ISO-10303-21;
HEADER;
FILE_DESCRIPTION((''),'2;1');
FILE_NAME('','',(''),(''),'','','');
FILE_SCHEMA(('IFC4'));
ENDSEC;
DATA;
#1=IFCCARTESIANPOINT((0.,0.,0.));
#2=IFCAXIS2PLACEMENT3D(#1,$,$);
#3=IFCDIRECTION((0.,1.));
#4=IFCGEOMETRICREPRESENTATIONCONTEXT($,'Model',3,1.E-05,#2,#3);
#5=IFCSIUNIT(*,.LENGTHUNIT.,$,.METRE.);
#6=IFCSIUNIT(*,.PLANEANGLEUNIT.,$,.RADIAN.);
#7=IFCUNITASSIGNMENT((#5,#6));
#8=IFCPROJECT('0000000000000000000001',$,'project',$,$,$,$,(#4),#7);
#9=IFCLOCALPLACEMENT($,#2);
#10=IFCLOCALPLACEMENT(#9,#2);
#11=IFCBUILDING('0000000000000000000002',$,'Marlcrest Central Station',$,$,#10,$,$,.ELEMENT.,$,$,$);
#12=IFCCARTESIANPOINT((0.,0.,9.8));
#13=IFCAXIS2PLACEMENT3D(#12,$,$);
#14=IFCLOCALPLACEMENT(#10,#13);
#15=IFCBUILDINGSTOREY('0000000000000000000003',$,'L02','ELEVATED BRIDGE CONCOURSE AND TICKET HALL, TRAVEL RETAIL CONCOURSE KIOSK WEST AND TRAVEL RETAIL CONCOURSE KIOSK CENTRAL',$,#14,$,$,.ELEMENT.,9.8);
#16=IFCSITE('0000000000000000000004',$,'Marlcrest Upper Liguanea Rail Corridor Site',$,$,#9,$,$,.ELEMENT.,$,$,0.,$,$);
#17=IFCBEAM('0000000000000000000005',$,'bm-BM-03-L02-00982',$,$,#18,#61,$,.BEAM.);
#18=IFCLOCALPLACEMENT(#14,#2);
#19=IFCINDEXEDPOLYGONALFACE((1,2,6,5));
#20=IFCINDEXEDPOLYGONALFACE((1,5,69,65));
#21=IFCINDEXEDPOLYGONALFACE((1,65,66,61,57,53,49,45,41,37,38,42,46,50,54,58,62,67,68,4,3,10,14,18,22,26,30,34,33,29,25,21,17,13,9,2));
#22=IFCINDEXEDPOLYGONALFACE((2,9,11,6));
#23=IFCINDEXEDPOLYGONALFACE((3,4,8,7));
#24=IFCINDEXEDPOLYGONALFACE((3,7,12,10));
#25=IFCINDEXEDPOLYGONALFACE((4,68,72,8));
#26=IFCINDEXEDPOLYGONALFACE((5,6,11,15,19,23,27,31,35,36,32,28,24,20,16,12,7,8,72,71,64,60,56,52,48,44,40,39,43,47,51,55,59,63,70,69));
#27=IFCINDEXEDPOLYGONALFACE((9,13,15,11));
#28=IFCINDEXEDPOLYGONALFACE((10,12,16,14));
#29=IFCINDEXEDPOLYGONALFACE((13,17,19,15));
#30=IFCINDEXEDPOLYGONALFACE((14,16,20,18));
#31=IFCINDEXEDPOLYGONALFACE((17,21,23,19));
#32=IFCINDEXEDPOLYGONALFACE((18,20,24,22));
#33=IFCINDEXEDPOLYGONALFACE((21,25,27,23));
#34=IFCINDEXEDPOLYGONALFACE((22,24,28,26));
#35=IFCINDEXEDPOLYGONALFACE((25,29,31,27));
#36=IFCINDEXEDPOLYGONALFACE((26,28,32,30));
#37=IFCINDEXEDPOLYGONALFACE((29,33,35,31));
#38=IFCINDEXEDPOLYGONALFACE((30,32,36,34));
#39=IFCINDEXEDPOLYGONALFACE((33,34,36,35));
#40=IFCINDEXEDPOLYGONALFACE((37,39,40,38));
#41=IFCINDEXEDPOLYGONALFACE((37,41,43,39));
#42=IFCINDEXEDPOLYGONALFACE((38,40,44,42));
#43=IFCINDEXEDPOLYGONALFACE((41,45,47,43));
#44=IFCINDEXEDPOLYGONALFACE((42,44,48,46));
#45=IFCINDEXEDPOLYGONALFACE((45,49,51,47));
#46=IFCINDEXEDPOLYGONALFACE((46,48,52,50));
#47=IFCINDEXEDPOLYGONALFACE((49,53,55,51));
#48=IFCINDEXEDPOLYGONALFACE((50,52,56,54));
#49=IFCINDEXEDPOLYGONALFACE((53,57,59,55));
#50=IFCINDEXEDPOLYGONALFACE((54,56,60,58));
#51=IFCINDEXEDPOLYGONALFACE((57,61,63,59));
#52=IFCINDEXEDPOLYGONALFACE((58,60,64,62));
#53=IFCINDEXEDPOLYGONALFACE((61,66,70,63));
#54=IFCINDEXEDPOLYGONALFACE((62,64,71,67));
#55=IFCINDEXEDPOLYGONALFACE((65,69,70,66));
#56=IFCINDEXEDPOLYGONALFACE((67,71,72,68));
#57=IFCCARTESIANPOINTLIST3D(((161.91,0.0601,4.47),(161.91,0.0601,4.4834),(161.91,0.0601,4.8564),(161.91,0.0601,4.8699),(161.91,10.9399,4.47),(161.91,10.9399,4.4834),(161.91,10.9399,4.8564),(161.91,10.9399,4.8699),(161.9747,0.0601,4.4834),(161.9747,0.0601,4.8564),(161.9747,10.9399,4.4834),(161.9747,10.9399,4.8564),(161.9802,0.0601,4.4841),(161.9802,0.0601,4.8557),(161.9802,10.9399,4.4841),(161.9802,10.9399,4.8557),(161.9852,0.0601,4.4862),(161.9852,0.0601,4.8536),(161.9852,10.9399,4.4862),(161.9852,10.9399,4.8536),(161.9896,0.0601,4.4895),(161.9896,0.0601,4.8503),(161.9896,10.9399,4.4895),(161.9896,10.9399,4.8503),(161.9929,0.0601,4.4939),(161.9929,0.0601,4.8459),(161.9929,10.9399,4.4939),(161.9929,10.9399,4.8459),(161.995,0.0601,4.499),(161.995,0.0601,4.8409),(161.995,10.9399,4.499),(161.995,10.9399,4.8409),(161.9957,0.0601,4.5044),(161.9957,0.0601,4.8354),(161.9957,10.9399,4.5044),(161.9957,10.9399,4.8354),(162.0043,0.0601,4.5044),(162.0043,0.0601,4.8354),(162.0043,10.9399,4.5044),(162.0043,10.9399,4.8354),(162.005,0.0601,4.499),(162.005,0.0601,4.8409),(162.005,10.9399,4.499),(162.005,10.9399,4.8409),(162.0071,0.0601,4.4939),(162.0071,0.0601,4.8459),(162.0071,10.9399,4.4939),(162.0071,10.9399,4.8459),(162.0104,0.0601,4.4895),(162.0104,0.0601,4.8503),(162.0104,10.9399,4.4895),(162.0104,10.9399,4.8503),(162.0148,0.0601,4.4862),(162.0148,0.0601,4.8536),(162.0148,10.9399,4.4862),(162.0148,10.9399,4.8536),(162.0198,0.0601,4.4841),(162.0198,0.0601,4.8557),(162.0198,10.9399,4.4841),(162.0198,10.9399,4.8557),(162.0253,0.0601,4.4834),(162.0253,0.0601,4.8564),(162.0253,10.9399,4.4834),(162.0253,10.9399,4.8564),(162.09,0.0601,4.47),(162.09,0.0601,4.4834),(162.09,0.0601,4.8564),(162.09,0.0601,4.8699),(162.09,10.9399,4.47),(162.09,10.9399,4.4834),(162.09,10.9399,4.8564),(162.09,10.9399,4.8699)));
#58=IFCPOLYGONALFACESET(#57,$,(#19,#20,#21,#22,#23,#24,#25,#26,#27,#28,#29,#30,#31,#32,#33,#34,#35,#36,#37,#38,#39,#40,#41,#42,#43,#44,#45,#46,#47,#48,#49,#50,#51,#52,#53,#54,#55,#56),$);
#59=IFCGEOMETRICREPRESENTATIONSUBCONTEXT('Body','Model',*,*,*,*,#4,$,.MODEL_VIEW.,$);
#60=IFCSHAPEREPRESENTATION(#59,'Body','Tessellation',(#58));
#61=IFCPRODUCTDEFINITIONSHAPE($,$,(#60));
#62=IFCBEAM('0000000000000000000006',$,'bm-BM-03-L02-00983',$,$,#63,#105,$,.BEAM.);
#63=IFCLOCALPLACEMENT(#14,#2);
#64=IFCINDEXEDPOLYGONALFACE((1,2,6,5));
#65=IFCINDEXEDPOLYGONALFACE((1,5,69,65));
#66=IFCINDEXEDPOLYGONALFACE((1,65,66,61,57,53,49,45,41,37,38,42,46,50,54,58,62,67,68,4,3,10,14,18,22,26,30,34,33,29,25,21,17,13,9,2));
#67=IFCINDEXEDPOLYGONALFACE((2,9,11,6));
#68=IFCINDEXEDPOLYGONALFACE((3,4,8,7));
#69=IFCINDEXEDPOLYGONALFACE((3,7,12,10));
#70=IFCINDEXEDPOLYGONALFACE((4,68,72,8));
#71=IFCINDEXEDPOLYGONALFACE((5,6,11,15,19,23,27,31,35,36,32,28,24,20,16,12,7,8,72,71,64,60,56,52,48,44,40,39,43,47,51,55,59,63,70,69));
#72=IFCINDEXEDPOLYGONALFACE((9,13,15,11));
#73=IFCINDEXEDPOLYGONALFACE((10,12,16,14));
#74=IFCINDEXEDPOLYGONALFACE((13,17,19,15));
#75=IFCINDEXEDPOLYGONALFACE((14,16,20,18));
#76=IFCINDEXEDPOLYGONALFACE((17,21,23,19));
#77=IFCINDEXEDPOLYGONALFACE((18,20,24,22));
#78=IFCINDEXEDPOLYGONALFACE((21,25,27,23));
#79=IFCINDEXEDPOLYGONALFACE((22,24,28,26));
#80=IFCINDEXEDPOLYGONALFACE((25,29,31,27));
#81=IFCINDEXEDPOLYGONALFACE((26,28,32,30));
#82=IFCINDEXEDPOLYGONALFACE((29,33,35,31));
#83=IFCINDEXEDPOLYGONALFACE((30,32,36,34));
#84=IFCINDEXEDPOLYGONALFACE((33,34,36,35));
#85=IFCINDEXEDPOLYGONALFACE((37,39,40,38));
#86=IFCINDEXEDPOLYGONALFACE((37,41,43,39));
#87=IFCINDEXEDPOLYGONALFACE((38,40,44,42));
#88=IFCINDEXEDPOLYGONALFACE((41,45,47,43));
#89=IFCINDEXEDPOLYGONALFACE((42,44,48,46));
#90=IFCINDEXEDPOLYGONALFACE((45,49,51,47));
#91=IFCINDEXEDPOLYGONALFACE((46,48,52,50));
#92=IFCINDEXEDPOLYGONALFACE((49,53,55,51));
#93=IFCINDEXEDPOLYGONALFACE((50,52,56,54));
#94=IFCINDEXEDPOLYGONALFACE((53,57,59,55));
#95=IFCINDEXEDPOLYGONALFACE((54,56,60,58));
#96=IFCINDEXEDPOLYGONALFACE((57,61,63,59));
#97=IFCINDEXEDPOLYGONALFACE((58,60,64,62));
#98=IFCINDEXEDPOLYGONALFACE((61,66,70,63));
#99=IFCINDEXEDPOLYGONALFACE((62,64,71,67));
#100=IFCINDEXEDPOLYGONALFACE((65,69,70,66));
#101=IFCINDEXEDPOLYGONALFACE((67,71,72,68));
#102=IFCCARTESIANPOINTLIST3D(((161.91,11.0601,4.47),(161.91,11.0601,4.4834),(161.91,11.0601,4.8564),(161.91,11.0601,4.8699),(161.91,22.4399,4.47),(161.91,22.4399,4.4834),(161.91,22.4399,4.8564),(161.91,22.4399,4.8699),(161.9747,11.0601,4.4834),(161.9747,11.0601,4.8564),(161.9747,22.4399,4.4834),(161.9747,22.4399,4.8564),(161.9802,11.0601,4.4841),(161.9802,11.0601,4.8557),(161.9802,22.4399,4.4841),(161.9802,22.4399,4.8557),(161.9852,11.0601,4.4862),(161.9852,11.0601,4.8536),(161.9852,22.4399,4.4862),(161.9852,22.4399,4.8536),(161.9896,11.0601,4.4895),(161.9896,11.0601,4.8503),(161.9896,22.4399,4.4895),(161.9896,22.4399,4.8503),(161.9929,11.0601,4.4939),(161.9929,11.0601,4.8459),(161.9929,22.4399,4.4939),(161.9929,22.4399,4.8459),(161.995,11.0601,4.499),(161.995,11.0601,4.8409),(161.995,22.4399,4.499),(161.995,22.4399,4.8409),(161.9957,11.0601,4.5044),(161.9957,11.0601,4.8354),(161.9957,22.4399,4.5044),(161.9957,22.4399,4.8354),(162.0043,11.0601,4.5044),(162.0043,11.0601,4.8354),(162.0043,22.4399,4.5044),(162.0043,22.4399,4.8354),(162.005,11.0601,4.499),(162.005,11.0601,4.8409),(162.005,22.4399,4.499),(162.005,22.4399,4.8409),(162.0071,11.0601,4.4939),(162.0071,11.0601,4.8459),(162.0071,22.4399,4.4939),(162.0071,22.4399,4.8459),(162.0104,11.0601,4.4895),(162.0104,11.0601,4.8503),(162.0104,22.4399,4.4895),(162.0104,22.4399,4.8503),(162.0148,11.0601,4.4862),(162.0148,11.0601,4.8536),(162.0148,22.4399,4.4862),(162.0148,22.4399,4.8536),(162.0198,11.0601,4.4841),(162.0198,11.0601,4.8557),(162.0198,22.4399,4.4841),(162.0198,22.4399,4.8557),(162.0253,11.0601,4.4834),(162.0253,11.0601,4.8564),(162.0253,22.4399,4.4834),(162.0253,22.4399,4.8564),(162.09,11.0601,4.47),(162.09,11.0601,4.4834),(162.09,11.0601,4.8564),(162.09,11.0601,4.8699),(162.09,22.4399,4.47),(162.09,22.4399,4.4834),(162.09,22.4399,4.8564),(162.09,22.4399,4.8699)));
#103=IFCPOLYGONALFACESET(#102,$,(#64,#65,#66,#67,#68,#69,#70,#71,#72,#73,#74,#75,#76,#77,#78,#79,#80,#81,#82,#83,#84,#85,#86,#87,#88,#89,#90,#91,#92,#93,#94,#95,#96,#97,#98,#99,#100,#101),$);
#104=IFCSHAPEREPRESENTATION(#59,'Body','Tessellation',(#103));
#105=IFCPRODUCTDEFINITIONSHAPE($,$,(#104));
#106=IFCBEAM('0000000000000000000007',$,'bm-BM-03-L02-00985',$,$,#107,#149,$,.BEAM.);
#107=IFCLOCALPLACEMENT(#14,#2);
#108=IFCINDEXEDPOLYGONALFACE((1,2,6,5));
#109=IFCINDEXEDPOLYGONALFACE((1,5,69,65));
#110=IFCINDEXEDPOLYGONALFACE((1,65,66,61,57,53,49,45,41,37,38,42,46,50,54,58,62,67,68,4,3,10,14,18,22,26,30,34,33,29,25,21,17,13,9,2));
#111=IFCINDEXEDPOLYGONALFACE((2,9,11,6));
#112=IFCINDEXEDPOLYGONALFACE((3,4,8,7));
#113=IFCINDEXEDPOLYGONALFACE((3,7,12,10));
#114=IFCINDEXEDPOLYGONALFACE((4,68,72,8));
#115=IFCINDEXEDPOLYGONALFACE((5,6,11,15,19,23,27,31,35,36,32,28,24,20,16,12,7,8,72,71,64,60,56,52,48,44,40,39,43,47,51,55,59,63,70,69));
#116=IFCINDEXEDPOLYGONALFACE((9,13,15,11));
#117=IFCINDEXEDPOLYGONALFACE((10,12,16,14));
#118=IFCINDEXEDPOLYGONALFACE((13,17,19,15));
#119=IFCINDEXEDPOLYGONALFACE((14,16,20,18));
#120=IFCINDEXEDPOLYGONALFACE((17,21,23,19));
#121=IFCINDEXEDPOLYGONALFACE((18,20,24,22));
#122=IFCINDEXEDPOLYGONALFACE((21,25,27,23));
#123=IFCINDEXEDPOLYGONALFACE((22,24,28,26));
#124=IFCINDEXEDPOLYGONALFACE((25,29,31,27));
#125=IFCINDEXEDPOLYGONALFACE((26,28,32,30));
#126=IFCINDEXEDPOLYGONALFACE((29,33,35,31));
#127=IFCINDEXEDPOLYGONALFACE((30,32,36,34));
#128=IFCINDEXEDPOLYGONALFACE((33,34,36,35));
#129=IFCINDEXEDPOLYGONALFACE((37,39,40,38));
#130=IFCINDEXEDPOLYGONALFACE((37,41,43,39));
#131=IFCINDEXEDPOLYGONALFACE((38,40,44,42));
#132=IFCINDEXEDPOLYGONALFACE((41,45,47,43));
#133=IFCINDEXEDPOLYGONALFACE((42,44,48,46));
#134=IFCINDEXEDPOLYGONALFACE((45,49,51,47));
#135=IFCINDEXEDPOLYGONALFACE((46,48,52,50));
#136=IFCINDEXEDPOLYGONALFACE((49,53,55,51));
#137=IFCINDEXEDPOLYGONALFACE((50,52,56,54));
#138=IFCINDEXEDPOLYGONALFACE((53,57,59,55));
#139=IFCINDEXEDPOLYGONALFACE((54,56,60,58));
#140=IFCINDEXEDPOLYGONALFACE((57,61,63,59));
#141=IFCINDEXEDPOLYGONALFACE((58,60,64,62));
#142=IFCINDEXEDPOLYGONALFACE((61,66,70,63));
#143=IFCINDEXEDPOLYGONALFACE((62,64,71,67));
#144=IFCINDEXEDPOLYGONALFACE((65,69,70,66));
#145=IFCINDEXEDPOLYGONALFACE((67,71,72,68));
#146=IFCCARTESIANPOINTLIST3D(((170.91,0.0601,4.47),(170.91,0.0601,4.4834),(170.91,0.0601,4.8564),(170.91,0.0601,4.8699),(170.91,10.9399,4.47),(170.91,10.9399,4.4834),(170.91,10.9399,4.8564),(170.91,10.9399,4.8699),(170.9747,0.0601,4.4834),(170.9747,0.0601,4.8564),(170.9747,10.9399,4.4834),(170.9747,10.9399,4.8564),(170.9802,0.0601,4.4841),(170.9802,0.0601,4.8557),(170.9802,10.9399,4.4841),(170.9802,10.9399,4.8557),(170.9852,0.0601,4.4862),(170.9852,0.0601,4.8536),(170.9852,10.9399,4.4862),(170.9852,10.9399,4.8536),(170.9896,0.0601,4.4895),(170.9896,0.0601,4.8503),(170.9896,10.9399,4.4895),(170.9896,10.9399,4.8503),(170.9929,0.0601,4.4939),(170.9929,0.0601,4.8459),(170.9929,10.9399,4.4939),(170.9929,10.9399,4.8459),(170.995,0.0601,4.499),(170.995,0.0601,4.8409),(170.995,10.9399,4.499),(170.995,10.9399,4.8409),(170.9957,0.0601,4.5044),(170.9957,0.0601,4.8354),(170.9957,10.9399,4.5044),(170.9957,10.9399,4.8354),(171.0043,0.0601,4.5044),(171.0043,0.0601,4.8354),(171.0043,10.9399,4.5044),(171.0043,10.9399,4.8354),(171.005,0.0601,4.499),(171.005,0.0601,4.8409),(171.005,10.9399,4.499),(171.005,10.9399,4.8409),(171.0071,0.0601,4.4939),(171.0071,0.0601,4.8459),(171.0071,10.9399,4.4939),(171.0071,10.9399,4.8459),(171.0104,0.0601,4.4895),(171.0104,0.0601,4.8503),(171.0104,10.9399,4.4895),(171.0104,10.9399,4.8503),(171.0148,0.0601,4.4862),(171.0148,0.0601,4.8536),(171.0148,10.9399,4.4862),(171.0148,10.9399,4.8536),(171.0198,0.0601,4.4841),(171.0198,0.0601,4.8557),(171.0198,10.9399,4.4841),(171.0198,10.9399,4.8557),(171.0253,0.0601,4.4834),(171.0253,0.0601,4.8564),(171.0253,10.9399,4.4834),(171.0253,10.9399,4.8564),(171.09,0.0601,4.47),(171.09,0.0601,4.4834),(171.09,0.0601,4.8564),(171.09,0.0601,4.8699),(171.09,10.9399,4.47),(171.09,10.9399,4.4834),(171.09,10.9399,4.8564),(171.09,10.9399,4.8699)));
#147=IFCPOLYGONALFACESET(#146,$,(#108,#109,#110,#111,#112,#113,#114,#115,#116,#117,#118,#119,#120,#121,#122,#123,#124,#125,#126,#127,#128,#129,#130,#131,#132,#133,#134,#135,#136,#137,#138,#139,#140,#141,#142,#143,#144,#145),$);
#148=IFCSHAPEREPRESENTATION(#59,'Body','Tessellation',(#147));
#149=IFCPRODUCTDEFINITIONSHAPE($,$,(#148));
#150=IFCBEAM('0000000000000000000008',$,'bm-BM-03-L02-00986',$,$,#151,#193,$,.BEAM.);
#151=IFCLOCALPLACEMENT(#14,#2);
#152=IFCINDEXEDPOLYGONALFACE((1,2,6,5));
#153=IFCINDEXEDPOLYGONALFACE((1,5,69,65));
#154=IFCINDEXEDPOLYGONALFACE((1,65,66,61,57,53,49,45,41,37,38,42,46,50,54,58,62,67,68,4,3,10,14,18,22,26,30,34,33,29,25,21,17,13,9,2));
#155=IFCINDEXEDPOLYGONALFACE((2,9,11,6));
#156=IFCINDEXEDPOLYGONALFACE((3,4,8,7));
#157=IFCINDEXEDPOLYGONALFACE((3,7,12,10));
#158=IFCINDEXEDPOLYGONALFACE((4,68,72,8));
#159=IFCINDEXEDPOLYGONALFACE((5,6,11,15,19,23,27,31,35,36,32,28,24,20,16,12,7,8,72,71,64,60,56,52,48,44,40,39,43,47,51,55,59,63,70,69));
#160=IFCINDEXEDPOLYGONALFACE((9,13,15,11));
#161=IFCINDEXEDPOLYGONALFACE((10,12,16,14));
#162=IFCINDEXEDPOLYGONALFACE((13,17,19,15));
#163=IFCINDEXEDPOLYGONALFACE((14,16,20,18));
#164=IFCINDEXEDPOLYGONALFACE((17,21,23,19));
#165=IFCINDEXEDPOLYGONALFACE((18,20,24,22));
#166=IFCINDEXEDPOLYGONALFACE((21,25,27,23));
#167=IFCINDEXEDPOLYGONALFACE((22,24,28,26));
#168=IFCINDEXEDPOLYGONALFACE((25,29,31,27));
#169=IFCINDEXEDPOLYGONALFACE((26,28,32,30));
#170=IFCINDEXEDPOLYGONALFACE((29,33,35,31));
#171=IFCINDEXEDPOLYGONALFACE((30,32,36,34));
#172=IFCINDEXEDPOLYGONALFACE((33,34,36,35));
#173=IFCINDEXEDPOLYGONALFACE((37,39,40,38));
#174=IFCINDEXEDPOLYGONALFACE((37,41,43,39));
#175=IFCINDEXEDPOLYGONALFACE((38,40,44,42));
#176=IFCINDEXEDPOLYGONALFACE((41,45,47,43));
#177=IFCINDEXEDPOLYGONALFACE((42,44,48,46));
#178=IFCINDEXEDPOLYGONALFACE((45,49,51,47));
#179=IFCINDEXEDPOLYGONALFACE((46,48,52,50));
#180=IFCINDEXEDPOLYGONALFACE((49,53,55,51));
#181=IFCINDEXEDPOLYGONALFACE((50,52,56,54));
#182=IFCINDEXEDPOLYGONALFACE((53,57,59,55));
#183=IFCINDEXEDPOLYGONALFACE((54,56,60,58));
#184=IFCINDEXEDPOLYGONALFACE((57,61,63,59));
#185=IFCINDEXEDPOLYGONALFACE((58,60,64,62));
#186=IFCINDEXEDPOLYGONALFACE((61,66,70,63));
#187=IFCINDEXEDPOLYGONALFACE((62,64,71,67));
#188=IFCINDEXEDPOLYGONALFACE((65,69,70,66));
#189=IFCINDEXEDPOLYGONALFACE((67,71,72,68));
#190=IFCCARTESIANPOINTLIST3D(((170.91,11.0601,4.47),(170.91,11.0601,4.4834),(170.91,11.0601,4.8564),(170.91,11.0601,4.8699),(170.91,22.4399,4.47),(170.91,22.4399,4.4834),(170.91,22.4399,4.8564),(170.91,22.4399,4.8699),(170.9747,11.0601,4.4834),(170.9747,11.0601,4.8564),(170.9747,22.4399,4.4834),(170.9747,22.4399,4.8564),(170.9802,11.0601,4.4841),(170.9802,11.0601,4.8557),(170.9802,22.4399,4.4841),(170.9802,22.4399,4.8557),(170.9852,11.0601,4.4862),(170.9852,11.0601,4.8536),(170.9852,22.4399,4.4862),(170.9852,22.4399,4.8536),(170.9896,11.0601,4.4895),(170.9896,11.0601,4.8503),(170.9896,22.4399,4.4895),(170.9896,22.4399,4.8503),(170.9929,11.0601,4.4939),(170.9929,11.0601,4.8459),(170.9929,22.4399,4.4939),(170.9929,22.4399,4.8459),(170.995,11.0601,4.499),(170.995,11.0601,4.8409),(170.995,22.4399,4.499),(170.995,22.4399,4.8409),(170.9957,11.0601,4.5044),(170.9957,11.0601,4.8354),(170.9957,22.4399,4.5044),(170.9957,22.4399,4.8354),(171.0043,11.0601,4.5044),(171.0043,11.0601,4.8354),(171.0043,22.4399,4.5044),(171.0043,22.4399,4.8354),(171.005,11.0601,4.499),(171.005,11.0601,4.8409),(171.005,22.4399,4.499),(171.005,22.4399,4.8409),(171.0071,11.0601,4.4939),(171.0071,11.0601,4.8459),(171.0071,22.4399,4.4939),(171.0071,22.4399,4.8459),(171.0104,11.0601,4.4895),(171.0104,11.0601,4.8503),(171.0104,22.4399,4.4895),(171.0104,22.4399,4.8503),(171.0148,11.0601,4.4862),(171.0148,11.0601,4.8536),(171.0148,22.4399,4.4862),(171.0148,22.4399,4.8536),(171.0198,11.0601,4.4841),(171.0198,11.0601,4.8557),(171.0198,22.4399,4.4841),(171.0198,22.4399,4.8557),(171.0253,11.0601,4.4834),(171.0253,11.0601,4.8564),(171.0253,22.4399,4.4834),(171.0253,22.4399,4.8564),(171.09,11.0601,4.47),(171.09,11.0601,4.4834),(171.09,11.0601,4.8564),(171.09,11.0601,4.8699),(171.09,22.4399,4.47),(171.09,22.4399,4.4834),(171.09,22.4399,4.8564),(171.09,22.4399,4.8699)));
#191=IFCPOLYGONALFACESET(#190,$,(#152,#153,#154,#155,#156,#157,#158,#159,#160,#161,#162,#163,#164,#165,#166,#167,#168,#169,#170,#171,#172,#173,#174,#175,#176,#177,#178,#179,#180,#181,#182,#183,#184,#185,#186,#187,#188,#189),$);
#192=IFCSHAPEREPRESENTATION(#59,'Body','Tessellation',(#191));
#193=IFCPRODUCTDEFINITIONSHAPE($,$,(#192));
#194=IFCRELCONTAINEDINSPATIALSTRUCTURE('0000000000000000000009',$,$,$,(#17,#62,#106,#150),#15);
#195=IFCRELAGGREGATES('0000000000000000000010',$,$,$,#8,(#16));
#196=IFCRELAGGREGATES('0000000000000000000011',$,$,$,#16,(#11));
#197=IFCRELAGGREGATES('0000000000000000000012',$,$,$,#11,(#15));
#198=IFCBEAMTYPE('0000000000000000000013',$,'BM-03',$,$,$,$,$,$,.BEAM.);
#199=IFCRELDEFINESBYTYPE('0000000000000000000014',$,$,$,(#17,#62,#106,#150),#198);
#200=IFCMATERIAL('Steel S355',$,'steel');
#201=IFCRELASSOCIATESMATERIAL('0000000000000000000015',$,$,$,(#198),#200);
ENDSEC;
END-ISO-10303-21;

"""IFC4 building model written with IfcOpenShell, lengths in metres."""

from ifc_helpers import new_model, si_unit, direction, frame, origin, origin_2d, place, context, subcontext, project, spatial, i_section, extrude, material, material_profile, profile_set, type_object, element, save


model = new_model("IFC4")

# Units and contexts
model_context = context("Model", 3, precision=1e-05, world=origin(), true_north=direction((0.0, 1.0)))
body_context = subcontext(model_context, "Body", "Model", "MODEL_VIEW")
ifc_project = project(units=[si_unit("LENGTHUNIT", "METRE"), si_unit("PLANEANGLEUNIT", "RADIAN")], contexts=[model_context])

# Site, building, storey
site_placement = place(None, origin())
site = spatial("IfcSite", under=ifc_project, at=site_placement, Name="Marlcrest Upper Liguanea Rail Corridor Site", CompositionType="ELEMENT", RefElevation=0.0)
building_placement = place(site_placement, origin())
building = spatial("IfcBuilding", under=site, at=building_placement, Name="Marlcrest Central Station", CompositionType="ELEMENT")
storey_placement = place(building_placement, frame((0.0, 0.0, 9.8)))
storey = spatial("IfcBuildingStorey", under=building, at=storey_placement, Name="L02", Description="ELEVATED BRIDGE CONCOURSE AND TICKET HALL, TRAVEL RETAIL CONCOURSE KIOSK WEST AND TRAVEL RETAIL CONCOURSE KIOSK CENTRAL", CompositionType="ELEMENT", Elevation=9.8)

# Beams
ifc_material_1 = material(Name="Steel S355", Category="steel")
ifc_material_profile_1 = material_profile(ifc_material_1, i_section(OverallWidth=0.1799, OverallDepth=0.3999, WebThickness=0.0085, FlangeThickness=0.0134, FilletRadius=0.021, at=origin_2d()), Name="IPE 400")
ifc_profile_set_1 = profile_set([ifc_material_profile_1], Name="Steel S355")
beam_type_1 = type_object("IfcBeamType", Name="BM-03", PredefinedType="BEAM", material=ifc_profile_set_1)
beam_1_placement = place(storey_placement, frame((162.0, 0.0601, 4.6699), z_axis=(0.0, 1.0, 0.0), x_axis=(-1.0, 0.0, 0.0)))
element("IfcBeam", 1, at=beam_1_placement, inside=storey, type_object=beam_type_1, Name="bm-BM-03-L02-00982", PredefinedType="BEAM", context=body_context, shape_type="SweptSolid", body=[
    extrude(i_section(OverallWidth=0.1799, OverallDepth=0.3999, WebThickness=0.0085, FlangeThickness=0.0134, FilletRadius=0.021, at=origin_2d()), origin(), (0.0, 0.0, 1.0), 10.8799),
])
beam_2_placement = place(storey_placement, frame((162.0, 11.0601, 4.6699), z_axis=(0.0, 1.0, 0.0), x_axis=(-1.0, 0.0, 0.0)))
element("IfcBeam", 2, at=beam_2_placement, inside=storey, type_object=beam_type_1, Name="bm-BM-03-L02-00983", PredefinedType="BEAM", context=body_context, shape_type="SweptSolid", body=[
    extrude(i_section(OverallWidth=0.1799, OverallDepth=0.3999, WebThickness=0.0085, FlangeThickness=0.0134, FilletRadius=0.021, at=origin_2d()), origin(), (0.0, 0.0, 1.0), 11.3799),
])
beam_3_placement = place(storey_placement, frame((171.0, 0.0601, 4.6699), z_axis=(0.0, 1.0, 0.0), x_axis=(-1.0, 0.0, 0.0)))
element("IfcBeam", 3, at=beam_3_placement, inside=storey, type_object=beam_type_1, Name="bm-BM-03-L02-00985", PredefinedType="BEAM", context=body_context, shape_type="SweptSolid", body=[
    extrude(i_section(OverallWidth=0.1799, OverallDepth=0.3999, WebThickness=0.0085, FlangeThickness=0.0134, FilletRadius=0.021, at=origin_2d()), origin(), (0.0, 0.0, 1.0), 10.8799),
])
beam_4_placement = place(storey_placement, frame((171.0, 11.0601, 4.6699), z_axis=(0.0, 1.0, 0.0), x_axis=(-1.0, 0.0, 0.0)))
element("IfcBeam", 4, at=beam_4_placement, inside=storey, type_object=beam_type_1, Name="bm-BM-03-L02-00986", PredefinedType="BEAM", context=body_context, shape_type="SweptSolid", body=[
    extrude(i_section(OverallWidth=0.1799, OverallDepth=0.3999, WebThickness=0.0085, FlangeThickness=0.0134, FilletRadius=0.021, at=origin_2d()), origin(), (0.0, 0.0, 1.0), 11.3799),
])

save(model, "model.ifc")
